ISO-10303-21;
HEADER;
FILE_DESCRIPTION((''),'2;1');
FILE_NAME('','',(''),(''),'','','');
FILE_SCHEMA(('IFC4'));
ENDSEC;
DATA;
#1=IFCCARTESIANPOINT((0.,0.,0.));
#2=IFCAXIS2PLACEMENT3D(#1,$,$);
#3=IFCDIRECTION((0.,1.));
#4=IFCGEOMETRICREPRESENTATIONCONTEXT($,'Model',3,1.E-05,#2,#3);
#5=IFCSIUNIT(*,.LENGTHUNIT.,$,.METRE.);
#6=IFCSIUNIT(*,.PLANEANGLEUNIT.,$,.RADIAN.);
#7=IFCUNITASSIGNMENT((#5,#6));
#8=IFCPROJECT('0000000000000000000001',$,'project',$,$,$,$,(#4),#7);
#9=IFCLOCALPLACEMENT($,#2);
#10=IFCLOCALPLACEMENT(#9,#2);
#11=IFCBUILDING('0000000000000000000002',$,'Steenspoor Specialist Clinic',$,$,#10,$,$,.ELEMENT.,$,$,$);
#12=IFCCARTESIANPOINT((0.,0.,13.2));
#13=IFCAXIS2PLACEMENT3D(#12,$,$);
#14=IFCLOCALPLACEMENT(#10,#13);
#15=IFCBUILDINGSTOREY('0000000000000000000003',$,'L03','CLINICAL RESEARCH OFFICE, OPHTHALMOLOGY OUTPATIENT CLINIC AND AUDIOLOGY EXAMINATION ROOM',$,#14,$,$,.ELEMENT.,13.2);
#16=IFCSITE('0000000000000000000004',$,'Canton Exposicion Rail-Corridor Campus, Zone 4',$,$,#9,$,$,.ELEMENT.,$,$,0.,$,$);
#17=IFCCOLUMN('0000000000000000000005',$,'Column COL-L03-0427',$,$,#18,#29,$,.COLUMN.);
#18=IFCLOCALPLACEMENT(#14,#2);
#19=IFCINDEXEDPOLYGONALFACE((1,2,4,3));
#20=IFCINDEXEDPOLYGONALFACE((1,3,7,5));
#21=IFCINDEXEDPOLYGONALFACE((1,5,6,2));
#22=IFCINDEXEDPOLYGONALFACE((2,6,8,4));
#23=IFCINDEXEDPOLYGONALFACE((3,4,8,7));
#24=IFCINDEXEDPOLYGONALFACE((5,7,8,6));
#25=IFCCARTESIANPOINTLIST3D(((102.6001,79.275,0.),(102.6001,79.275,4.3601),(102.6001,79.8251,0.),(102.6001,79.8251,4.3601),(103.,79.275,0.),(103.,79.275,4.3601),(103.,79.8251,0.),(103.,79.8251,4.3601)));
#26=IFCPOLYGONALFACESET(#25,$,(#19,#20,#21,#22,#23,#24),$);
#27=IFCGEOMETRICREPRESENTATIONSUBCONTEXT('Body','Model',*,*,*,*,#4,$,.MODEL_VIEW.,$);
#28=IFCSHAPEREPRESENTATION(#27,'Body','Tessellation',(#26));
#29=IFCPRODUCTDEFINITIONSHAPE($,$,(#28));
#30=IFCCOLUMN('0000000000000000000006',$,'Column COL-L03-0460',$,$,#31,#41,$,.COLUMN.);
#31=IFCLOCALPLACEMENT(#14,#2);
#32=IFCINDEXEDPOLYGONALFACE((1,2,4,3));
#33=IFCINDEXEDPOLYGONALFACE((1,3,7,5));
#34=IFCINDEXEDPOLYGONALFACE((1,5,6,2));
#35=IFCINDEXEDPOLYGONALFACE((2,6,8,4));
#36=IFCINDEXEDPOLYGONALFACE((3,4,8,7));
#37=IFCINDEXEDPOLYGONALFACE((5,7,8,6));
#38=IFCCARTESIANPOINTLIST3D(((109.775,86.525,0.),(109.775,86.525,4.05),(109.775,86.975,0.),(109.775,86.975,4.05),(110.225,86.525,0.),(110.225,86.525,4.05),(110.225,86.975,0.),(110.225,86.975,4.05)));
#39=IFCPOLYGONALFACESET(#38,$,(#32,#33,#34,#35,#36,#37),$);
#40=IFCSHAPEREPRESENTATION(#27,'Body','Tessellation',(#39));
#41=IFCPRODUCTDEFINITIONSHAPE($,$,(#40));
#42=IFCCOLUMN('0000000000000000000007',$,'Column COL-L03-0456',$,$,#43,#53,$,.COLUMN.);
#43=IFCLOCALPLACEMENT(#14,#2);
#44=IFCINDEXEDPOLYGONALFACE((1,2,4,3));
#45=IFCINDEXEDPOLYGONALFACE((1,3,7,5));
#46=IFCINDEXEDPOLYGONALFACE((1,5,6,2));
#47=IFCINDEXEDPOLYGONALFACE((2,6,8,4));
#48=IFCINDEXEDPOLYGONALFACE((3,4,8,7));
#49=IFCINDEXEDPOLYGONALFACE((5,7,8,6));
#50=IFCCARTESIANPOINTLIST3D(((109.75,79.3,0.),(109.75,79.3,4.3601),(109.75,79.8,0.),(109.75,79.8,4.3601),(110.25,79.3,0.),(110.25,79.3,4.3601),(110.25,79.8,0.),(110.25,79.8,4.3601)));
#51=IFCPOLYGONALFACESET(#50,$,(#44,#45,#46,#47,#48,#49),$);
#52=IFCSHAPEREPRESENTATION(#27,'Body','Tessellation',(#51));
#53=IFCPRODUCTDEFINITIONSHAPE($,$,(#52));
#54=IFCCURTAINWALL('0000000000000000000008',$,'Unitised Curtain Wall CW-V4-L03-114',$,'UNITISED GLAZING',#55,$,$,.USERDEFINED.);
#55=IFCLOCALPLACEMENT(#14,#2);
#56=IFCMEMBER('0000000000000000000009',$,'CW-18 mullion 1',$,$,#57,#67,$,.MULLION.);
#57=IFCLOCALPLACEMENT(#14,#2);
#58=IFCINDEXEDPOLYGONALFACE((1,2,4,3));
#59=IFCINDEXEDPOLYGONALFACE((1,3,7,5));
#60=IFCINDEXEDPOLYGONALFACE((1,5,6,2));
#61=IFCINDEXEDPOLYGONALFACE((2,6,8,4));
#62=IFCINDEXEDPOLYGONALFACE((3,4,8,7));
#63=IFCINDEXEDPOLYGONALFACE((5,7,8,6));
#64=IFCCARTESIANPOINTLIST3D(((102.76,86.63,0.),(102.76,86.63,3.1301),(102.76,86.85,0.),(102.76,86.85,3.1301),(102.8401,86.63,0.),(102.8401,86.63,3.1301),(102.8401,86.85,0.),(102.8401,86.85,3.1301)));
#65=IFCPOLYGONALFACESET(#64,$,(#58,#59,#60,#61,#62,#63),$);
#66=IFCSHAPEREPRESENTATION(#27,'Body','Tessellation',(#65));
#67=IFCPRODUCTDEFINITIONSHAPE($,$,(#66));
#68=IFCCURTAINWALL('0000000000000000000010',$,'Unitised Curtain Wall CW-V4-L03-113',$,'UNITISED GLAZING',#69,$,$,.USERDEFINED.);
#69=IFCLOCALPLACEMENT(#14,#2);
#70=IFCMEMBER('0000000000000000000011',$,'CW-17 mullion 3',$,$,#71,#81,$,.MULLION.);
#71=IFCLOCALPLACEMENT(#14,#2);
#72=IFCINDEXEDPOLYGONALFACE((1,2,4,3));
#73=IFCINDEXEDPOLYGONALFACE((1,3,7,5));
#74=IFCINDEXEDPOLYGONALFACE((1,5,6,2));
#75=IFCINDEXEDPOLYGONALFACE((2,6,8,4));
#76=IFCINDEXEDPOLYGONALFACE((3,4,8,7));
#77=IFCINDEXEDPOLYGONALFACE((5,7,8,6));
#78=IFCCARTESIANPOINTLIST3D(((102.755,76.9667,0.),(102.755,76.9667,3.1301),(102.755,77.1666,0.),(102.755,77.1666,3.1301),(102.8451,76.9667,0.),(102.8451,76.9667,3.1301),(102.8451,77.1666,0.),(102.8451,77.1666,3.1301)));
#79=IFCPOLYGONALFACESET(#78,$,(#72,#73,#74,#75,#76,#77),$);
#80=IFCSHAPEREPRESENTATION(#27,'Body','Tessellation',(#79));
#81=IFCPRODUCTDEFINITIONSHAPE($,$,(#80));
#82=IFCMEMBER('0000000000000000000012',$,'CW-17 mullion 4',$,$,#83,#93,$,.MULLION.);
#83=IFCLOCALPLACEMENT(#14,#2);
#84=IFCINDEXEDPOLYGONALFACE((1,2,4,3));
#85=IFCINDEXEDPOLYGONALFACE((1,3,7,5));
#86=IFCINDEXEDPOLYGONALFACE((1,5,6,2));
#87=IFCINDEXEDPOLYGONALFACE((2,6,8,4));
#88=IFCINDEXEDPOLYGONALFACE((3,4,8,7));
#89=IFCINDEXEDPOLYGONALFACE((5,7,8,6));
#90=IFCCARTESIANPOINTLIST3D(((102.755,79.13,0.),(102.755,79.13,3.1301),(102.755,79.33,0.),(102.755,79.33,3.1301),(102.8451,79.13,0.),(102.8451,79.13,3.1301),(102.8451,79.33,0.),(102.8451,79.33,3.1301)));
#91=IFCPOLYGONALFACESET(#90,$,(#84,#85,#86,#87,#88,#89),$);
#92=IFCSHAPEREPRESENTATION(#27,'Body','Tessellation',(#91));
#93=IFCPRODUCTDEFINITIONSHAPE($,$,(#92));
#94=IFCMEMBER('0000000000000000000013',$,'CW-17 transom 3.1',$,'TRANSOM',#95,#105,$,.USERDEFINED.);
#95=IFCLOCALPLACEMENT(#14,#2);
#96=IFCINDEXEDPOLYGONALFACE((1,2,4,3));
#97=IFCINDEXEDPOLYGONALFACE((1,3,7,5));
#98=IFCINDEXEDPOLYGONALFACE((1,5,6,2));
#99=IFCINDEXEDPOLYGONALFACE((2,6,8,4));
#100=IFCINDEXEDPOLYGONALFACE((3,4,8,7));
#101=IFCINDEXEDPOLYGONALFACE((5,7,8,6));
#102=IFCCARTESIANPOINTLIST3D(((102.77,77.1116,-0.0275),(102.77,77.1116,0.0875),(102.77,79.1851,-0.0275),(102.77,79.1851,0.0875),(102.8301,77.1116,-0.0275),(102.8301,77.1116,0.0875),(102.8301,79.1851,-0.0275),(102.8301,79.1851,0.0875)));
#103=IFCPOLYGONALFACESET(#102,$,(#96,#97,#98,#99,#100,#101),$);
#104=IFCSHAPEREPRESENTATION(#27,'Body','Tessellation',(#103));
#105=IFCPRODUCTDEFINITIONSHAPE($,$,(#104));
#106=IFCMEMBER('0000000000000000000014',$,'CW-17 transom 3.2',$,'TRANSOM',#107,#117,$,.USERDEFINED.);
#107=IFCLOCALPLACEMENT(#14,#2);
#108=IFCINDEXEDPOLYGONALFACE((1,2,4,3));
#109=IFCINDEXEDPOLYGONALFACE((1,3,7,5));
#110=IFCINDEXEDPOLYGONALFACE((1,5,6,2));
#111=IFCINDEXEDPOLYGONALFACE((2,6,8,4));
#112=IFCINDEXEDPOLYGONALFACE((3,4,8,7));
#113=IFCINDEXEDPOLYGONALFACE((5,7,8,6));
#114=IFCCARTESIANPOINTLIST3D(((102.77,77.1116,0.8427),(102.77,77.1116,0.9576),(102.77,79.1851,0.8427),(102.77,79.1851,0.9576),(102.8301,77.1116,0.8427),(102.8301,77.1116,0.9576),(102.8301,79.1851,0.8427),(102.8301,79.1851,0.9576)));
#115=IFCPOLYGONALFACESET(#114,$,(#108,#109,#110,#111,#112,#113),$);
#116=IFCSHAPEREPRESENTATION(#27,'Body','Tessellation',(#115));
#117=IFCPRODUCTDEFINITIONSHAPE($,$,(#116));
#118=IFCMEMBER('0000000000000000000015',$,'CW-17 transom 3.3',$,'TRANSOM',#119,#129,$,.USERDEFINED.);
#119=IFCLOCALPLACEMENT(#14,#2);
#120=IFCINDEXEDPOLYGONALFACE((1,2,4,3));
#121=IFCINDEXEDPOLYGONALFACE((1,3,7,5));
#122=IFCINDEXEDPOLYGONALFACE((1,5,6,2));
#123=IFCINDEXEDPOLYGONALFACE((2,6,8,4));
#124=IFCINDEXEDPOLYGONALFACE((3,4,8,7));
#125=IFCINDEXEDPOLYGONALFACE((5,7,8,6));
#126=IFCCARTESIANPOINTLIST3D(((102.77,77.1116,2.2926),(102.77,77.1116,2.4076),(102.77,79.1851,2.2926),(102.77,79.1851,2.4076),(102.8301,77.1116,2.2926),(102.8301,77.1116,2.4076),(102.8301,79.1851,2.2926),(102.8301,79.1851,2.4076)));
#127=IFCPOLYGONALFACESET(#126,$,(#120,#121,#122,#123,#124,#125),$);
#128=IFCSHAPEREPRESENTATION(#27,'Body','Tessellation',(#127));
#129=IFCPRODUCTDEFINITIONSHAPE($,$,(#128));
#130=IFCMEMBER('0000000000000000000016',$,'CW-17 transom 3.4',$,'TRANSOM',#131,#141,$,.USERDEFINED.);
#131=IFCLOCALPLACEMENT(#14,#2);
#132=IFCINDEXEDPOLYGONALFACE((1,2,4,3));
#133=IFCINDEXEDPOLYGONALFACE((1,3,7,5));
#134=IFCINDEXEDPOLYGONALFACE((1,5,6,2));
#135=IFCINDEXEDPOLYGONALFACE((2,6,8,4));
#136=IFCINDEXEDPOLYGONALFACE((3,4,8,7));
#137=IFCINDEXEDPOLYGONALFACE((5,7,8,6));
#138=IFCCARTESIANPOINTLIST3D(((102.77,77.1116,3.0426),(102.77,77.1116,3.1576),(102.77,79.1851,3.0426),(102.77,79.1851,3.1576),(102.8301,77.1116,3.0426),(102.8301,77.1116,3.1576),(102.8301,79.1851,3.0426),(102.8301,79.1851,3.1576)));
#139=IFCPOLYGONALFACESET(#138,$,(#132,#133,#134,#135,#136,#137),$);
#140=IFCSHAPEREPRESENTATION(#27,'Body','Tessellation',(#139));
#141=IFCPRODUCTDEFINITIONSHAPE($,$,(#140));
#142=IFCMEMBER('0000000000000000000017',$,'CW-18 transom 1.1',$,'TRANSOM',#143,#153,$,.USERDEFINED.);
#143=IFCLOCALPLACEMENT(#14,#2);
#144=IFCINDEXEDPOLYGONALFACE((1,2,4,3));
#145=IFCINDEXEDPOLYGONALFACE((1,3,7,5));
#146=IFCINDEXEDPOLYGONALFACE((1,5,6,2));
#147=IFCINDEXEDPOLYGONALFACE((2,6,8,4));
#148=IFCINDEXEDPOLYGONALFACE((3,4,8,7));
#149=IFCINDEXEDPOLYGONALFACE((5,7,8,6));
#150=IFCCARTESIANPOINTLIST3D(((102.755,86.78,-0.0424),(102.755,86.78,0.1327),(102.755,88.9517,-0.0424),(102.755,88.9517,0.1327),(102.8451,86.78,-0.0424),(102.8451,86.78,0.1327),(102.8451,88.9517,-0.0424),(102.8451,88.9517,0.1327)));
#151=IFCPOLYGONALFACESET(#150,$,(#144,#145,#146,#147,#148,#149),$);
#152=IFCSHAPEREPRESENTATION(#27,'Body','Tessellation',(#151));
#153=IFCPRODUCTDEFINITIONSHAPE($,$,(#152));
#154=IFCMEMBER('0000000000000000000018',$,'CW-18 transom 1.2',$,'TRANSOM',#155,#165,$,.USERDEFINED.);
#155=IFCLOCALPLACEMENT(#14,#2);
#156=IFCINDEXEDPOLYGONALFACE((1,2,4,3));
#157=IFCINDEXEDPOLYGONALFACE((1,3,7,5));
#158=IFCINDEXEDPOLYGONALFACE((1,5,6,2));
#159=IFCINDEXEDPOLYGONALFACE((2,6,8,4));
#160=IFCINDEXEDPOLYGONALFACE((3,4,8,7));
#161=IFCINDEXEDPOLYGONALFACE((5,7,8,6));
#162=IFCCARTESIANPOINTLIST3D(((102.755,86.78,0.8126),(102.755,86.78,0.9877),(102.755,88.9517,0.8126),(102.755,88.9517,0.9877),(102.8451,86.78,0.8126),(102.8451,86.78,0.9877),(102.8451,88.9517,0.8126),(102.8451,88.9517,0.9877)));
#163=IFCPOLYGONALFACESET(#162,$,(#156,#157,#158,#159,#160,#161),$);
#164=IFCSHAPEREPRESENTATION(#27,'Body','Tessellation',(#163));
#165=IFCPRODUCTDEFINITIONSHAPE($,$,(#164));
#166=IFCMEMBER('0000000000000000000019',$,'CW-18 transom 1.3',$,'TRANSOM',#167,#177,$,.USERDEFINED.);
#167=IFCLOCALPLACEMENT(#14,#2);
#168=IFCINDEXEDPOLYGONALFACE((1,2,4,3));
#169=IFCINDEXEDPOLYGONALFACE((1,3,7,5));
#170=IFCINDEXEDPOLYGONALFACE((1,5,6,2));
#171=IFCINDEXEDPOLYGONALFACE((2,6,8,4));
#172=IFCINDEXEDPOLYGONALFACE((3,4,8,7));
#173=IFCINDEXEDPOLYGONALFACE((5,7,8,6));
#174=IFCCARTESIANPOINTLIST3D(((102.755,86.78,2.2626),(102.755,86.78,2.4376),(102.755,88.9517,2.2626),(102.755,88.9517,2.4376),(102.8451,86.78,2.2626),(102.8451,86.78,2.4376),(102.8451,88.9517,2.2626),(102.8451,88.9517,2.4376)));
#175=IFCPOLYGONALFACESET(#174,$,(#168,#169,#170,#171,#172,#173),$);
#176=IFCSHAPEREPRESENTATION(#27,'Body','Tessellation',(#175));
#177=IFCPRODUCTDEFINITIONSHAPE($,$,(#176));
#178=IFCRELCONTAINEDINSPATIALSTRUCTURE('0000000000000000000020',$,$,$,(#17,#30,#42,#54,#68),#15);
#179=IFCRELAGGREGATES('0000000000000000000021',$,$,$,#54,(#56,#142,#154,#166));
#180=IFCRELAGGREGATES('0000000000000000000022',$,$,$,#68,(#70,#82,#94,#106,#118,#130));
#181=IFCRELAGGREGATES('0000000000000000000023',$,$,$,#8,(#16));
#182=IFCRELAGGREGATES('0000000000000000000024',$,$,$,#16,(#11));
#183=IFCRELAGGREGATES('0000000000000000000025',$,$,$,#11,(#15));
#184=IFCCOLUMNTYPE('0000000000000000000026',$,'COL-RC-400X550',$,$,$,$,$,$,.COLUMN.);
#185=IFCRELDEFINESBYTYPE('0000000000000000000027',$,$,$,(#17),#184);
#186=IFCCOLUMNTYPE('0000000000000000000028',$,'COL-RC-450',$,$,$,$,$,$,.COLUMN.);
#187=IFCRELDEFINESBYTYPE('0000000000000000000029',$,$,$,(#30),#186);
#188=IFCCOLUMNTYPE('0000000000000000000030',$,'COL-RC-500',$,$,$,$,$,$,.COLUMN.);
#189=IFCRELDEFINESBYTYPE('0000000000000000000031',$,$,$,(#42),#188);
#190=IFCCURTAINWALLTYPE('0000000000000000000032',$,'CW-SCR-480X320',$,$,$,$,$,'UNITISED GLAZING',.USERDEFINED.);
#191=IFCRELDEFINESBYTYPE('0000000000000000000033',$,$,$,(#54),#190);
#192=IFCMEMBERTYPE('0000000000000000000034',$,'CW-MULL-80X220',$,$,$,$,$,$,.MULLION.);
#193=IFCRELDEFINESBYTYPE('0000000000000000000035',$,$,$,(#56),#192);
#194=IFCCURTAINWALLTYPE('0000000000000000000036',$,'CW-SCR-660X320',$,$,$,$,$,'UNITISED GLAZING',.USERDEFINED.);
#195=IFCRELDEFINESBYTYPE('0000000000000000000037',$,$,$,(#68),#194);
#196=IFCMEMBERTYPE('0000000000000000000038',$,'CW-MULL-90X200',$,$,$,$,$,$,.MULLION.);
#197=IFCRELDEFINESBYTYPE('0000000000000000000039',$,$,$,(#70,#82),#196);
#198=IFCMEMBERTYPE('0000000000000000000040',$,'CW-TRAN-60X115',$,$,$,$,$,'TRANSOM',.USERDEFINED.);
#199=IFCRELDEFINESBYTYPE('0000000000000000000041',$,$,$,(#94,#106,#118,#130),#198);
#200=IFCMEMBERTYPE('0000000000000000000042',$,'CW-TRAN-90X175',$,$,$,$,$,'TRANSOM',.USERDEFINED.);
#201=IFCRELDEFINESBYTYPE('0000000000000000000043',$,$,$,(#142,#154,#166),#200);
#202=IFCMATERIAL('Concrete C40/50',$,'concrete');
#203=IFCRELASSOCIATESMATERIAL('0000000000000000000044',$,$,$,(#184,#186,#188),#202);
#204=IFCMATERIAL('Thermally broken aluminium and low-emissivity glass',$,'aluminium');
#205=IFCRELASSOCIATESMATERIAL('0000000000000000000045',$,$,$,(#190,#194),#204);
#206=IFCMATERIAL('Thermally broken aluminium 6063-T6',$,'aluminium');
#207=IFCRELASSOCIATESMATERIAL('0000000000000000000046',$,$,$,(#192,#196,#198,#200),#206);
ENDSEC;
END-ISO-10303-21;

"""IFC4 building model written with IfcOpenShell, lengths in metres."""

from ifc_helpers import new_model, si_unit, direction, frame, origin, origin_2d, place, context, subcontext, project, spatial, rectangle, extrude, material, material_profile, profile_set, type_object, element, aggregate, save


model = new_model("IFC4")

# Units and contexts
model_context = context("Model", 3, precision=1e-05, world=origin(), true_north=direction((0.0, 1.0)))
body_context = subcontext(model_context, "Body", "Model", "MODEL_VIEW")
ifc_project = project(units=[si_unit("LENGTHUNIT", "METRE"), si_unit("PLANEANGLEUNIT", "RADIAN")], contexts=[model_context])

# Site, building, storey
site_placement = place(None, origin())
site = spatial("IfcSite", under=ifc_project, at=site_placement, Name="Canton Exposicion Rail-Corridor Campus, Zone 4", CompositionType="ELEMENT", RefElevation=0.0)
building_placement = place(site_placement, origin())
building = spatial("IfcBuilding", under=site, at=building_placement, Name="Steenspoor Specialist Clinic", CompositionType="ELEMENT")
storey_placement = place(building_placement, frame((0.0, 0.0, 13.2)))
storey = spatial("IfcBuildingStorey", under=building, at=storey_placement, Name="L03", Description="CLINICAL RESEARCH OFFICE, OPHTHALMOLOGY OUTPATIENT CLINIC AND AUDIOLOGY EXAMINATION ROOM", CompositionType="ELEMENT", Elevation=13.2)

# Columns
ifc_material_1 = material(Name="Concrete C40/50", Category="concrete")
ifc_material_profile_1 = material_profile(ifc_material_1, rectangle(XDim=0.3999, YDim=0.55, at=origin_2d()), Name="RC-COL-400X550")
ifc_profile_set_1 = profile_set([ifc_material_profile_1], Name="Concrete C40/50")
column_type_1 = type_object("IfcColumnType", Name="COL-RC-400X550", PredefinedType="COLUMN", material=ifc_profile_set_1)
column_1_placement = place(storey_placement, frame((102.8, 79.55, 0.0), z_axis=(0.0, 0.0, 1.0), x_axis=(1.0, 0.0, 0.0)))
element("IfcColumn", 1, at=column_1_placement, inside=storey, type_object=column_type_1, Name="Column COL-L03-0427", PredefinedType="COLUMN", context=body_context, shape_type="SweptSolid", body=[
    extrude(rectangle(XDim=0.3999, YDim=0.55, at=origin_2d()), origin(), (0.0, 0.0, 1.0), 4.3601),
])
ifc_material_profile_2 = material_profile(ifc_material_1, rectangle(XDim=0.45, YDim=0.45, at=origin_2d()), Name="RC-COL-450X450")
ifc_profile_set_2 = profile_set([ifc_material_profile_2], Name="Concrete C40/50")
column_type_2 = type_object("IfcColumnType", Name="COL-RC-450", PredefinedType="COLUMN", material=ifc_profile_set_2)
column_2_placement = place(storey_placement, frame((110.0, 86.75, 0.0), z_axis=(0.0, 0.0, 1.0), x_axis=(1.0, 0.0, 0.0)))
element("IfcColumn", 2, at=column_2_placement, inside=storey, type_object=column_type_2, Name="Column COL-L03-0460", PredefinedType="COLUMN", context=body_context, shape_type="SweptSolid", body=[
    extrude(rectangle(XDim=0.45, YDim=0.45, at=origin_2d()), origin(), (0.0, 0.0, 1.0), 4.05),
])
ifc_material_profile_3 = material_profile(ifc_material_1, rectangle(XDim=0.5, YDim=0.5, at=origin_2d()), Name="RC-COL-500X500")
ifc_profile_set_3 = profile_set([ifc_material_profile_3], Name="Concrete C40/50")
column_type_3 = type_object("IfcColumnType", Name="COL-RC-500", PredefinedType="COLUMN", material=ifc_profile_set_3)
column_3_placement = place(storey_placement, frame((110.0, 79.55, 0.0), z_axis=(0.0, 0.0, 1.0), x_axis=(1.0, 0.0, 0.0)))
element("IfcColumn", 3, at=column_3_placement, inside=storey, type_object=column_type_3, Name="Column COL-L03-0456", PredefinedType="COLUMN", context=body_context, shape_type="SweptSolid", body=[
    extrude(rectangle(XDim=0.5, YDim=0.5, at=origin_2d()), origin(), (0.0, 0.0, 1.0), 4.3601),
])

# Curtain wall, member
ifc_material_2 = material(Name="Thermally broken aluminium and low-emissivity glass", Category="aluminium")
curtain_wall_type_1 = type_object("IfcCurtainWallType", Name="CW-SCR-480X320", ElementType="UNITISED GLAZING", PredefinedType="USERDEFINED", material=ifc_material_2)
curtain_wall_1_placement = place(storey_placement, origin())
curtain_wall_1 = element("IfcCurtainWall", 4, at=curtain_wall_1_placement, inside=storey, type_object=curtain_wall_type_1, Name="Unitised Curtain Wall CW-V4-L03-114", ObjectType="UNITISED GLAZING", PredefinedType="USERDEFINED")
ifc_material_3 = material(Name="Thermally broken aluminium 6063-T6", Category="aluminium")
ifc_material_profile_4 = material_profile(ifc_material_3, rectangle(XDim=0.0801, YDim=0.22, at=origin_2d()), Name="CWM-80X220")
ifc_profile_set_4 = profile_set([ifc_material_profile_4], Name="Thermally broken aluminium 6063-T6")
member_type_1 = type_object("IfcMemberType", Name="CW-MULL-80X220", PredefinedType="MULLION", material=ifc_profile_set_4)
member_1_placement = place(storey_placement, frame((102.8, 86.74, 0.0), z_axis=(0.0, 0.0, 1.0), x_axis=(-1.0, 0.0, 0.0)))
member_1 = element("IfcMember", 5, at=member_1_placement, type_object=member_type_1, Name="CW-18 mullion 1", PredefinedType="MULLION", context=body_context, shape_type="SweptSolid", body=[
    extrude(rectangle(XDim=0.0801, YDim=0.22, at=origin_2d()), origin(), (0.0, 0.0, 1.0), 3.1301),
])

# Curtain wall, members
curtain_wall_type_2 = type_object("IfcCurtainWallType", Name="CW-SCR-660X320", ElementType="UNITISED GLAZING", PredefinedType="USERDEFINED", material=ifc_material_2)
curtain_wall_2_placement = place(storey_placement, origin())
curtain_wall_2 = element("IfcCurtainWall", 6, at=curtain_wall_2_placement, inside=storey, type_object=curtain_wall_type_2, Name="Unitised Curtain Wall CW-V4-L03-113", ObjectType="UNITISED GLAZING", PredefinedType="USERDEFINED")
ifc_material_profile_5 = material_profile(ifc_material_3, rectangle(XDim=0.0901, YDim=0.2, at=origin_2d()), Name="CWM-90X200")
ifc_profile_set_5 = profile_set([ifc_material_profile_5], Name="Thermally broken aluminium 6063-T6")
member_type_2 = type_object("IfcMemberType", Name="CW-MULL-90X200", PredefinedType="MULLION", material=ifc_profile_set_5)
member_2_placement = place(storey_placement, frame((102.8, 77.0667, 0.0), z_axis=(0.0, 0.0, 1.0), x_axis=(-1.0, 0.0, 0.0)))
member_2 = element("IfcMember", 7, at=member_2_placement, type_object=member_type_2, Name="CW-17 mullion 3", PredefinedType="MULLION", context=body_context, shape_type="SweptSolid", body=[
    extrude(rectangle(XDim=0.0901, YDim=0.2, at=origin_2d()), origin(), (0.0, 0.0, 1.0), 3.1301),
])
member_3_placement = place(storey_placement, frame((102.8, 79.23, 0.0), z_axis=(0.0, 0.0, 1.0), x_axis=(-1.0, 0.0, 0.0)))
member_3 = element("IfcMember", 8, at=member_3_placement, type_object=member_type_2, Name="CW-17 mullion 4", PredefinedType="MULLION", context=body_context, shape_type="SweptSolid", body=[
    extrude(rectangle(XDim=0.0901, YDim=0.2, at=origin_2d()), origin(), (0.0, 0.0, 1.0), 3.1301),
])
ifc_material_profile_6 = material_profile(ifc_material_3, rectangle(XDim=0.0601, YDim=0.115, at=origin_2d()), Name="CWT-60X115")
ifc_profile_set_6 = profile_set([ifc_material_profile_6], Name="Thermally broken aluminium 6063-T6")
member_type_3 = type_object("IfcMemberType", Name="CW-TRAN-60X115", ElementType="TRANSOM", PredefinedType="USERDEFINED", material=ifc_profile_set_6)
member_4_placement = place(storey_placement, frame((102.8, 77.1116, 0.03), z_axis=(0.0, 1.0, 0.0), x_axis=(-1.0, 0.0, 0.0)))
member_4 = element("IfcMember", 9, at=member_4_placement, type_object=member_type_3, Name="CW-17 transom 3.1", ObjectType="TRANSOM", PredefinedType="USERDEFINED", context=body_context, shape_type="SweptSolid", body=[
    extrude(rectangle(XDim=0.0601, YDim=0.115, at=origin_2d()), origin(), (0.0, 0.0, 1.0), 2.0735),
])
member_5_placement = place(storey_placement, frame((102.8, 77.1116, 0.9001), z_axis=(0.0, 1.0, 0.0), x_axis=(-1.0, 0.0, 0.0)))
member_5 = element("IfcMember", 10, at=member_5_placement, type_object=member_type_3, Name="CW-17 transom 3.2", ObjectType="TRANSOM", PredefinedType="USERDEFINED", context=body_context, shape_type="SweptSolid", body=[
    extrude(rectangle(XDim=0.0601, YDim=0.115, at=origin_2d()), origin(), (0.0, 0.0, 1.0), 2.0735),
])
member_6_placement = place(storey_placement, frame((102.8, 77.1116, 2.3501), z_axis=(0.0, 1.0, 0.0), x_axis=(-1.0, 0.0, 0.0)))
member_6 = element("IfcMember", 11, at=member_6_placement, type_object=member_type_3, Name="CW-17 transom 3.3", ObjectType="TRANSOM", PredefinedType="USERDEFINED", context=body_context, shape_type="SweptSolid", body=[
    extrude(rectangle(XDim=0.0601, YDim=0.115, at=origin_2d()), origin(), (0.0, 0.0, 1.0), 2.0735),
])
member_7_placement = place(storey_placement, frame((102.8, 77.1116, 3.1001), z_axis=(0.0, 1.0, 0.0), x_axis=(-1.0, 0.0, 0.0)))
member_7 = element("IfcMember", 12, at=member_7_placement, type_object=member_type_3, Name="CW-17 transom 3.4", ObjectType="TRANSOM", PredefinedType="USERDEFINED", context=body_context, shape_type="SweptSolid", body=[
    extrude(rectangle(XDim=0.0601, YDim=0.115, at=origin_2d()), origin(), (0.0, 0.0, 1.0), 2.0735),
])

# Members
ifc_material_profile_7 = material_profile(ifc_material_3, rectangle(XDim=0.0901, YDim=0.175, at=origin_2d()), Name="CWT-90X175")
ifc_profile_set_7 = profile_set([ifc_material_profile_7], Name="Thermally broken aluminium 6063-T6")
member_type_4 = type_object("IfcMemberType", Name="CW-TRAN-90X175", ElementType="TRANSOM", PredefinedType="USERDEFINED", material=ifc_profile_set_7)
member_8_placement = place(storey_placement, frame((102.8, 86.78, 0.0452), z_axis=(0.0, 1.0, 0.0), x_axis=(-1.0, 0.0, 0.0)))
member_8 = element("IfcMember", 13, at=member_8_placement, type_object=member_type_4, Name="CW-18 transom 1.1", ObjectType="TRANSOM", PredefinedType="USERDEFINED", context=body_context, shape_type="SweptSolid", body=[
    extrude(rectangle(XDim=0.0901, YDim=0.175, at=origin_2d()), origin(), (0.0, 0.0, 1.0), 2.1716),
])
member_9_placement = place(storey_placement, frame((102.8, 86.78, 0.9001), z_axis=(0.0, 1.0, 0.0), x_axis=(-1.0, 0.0, 0.0)))
member_9 = element("IfcMember", 14, at=member_9_placement, type_object=member_type_4, Name="CW-18 transom 1.2", ObjectType="TRANSOM", PredefinedType="USERDEFINED", context=body_context, shape_type="SweptSolid", body=[
    extrude(rectangle(XDim=0.0901, YDim=0.175, at=origin_2d()), origin(), (0.0, 0.0, 1.0), 2.1716),
])
member_10_placement = place(storey_placement, frame((102.8, 86.78, 2.3501), z_axis=(0.0, 1.0, 0.0), x_axis=(-1.0, 0.0, 0.0)))
member_10 = element("IfcMember", 15, at=member_10_placement, type_object=member_type_4, Name="CW-18 transom 1.3", ObjectType="TRANSOM", PredefinedType="USERDEFINED", context=body_context, shape_type="SweptSolid", body=[
    extrude(rectangle(XDim=0.0901, YDim=0.175, at=origin_2d()), origin(), (0.0, 0.0, 1.0), 2.1716),
])

aggregate(curtain_wall_1, [member_1, member_8, member_9, member_10])
aggregate(curtain_wall_2, [member_2, member_3, member_4, member_5, member_6, member_7])

save(model, "model.ifc")
